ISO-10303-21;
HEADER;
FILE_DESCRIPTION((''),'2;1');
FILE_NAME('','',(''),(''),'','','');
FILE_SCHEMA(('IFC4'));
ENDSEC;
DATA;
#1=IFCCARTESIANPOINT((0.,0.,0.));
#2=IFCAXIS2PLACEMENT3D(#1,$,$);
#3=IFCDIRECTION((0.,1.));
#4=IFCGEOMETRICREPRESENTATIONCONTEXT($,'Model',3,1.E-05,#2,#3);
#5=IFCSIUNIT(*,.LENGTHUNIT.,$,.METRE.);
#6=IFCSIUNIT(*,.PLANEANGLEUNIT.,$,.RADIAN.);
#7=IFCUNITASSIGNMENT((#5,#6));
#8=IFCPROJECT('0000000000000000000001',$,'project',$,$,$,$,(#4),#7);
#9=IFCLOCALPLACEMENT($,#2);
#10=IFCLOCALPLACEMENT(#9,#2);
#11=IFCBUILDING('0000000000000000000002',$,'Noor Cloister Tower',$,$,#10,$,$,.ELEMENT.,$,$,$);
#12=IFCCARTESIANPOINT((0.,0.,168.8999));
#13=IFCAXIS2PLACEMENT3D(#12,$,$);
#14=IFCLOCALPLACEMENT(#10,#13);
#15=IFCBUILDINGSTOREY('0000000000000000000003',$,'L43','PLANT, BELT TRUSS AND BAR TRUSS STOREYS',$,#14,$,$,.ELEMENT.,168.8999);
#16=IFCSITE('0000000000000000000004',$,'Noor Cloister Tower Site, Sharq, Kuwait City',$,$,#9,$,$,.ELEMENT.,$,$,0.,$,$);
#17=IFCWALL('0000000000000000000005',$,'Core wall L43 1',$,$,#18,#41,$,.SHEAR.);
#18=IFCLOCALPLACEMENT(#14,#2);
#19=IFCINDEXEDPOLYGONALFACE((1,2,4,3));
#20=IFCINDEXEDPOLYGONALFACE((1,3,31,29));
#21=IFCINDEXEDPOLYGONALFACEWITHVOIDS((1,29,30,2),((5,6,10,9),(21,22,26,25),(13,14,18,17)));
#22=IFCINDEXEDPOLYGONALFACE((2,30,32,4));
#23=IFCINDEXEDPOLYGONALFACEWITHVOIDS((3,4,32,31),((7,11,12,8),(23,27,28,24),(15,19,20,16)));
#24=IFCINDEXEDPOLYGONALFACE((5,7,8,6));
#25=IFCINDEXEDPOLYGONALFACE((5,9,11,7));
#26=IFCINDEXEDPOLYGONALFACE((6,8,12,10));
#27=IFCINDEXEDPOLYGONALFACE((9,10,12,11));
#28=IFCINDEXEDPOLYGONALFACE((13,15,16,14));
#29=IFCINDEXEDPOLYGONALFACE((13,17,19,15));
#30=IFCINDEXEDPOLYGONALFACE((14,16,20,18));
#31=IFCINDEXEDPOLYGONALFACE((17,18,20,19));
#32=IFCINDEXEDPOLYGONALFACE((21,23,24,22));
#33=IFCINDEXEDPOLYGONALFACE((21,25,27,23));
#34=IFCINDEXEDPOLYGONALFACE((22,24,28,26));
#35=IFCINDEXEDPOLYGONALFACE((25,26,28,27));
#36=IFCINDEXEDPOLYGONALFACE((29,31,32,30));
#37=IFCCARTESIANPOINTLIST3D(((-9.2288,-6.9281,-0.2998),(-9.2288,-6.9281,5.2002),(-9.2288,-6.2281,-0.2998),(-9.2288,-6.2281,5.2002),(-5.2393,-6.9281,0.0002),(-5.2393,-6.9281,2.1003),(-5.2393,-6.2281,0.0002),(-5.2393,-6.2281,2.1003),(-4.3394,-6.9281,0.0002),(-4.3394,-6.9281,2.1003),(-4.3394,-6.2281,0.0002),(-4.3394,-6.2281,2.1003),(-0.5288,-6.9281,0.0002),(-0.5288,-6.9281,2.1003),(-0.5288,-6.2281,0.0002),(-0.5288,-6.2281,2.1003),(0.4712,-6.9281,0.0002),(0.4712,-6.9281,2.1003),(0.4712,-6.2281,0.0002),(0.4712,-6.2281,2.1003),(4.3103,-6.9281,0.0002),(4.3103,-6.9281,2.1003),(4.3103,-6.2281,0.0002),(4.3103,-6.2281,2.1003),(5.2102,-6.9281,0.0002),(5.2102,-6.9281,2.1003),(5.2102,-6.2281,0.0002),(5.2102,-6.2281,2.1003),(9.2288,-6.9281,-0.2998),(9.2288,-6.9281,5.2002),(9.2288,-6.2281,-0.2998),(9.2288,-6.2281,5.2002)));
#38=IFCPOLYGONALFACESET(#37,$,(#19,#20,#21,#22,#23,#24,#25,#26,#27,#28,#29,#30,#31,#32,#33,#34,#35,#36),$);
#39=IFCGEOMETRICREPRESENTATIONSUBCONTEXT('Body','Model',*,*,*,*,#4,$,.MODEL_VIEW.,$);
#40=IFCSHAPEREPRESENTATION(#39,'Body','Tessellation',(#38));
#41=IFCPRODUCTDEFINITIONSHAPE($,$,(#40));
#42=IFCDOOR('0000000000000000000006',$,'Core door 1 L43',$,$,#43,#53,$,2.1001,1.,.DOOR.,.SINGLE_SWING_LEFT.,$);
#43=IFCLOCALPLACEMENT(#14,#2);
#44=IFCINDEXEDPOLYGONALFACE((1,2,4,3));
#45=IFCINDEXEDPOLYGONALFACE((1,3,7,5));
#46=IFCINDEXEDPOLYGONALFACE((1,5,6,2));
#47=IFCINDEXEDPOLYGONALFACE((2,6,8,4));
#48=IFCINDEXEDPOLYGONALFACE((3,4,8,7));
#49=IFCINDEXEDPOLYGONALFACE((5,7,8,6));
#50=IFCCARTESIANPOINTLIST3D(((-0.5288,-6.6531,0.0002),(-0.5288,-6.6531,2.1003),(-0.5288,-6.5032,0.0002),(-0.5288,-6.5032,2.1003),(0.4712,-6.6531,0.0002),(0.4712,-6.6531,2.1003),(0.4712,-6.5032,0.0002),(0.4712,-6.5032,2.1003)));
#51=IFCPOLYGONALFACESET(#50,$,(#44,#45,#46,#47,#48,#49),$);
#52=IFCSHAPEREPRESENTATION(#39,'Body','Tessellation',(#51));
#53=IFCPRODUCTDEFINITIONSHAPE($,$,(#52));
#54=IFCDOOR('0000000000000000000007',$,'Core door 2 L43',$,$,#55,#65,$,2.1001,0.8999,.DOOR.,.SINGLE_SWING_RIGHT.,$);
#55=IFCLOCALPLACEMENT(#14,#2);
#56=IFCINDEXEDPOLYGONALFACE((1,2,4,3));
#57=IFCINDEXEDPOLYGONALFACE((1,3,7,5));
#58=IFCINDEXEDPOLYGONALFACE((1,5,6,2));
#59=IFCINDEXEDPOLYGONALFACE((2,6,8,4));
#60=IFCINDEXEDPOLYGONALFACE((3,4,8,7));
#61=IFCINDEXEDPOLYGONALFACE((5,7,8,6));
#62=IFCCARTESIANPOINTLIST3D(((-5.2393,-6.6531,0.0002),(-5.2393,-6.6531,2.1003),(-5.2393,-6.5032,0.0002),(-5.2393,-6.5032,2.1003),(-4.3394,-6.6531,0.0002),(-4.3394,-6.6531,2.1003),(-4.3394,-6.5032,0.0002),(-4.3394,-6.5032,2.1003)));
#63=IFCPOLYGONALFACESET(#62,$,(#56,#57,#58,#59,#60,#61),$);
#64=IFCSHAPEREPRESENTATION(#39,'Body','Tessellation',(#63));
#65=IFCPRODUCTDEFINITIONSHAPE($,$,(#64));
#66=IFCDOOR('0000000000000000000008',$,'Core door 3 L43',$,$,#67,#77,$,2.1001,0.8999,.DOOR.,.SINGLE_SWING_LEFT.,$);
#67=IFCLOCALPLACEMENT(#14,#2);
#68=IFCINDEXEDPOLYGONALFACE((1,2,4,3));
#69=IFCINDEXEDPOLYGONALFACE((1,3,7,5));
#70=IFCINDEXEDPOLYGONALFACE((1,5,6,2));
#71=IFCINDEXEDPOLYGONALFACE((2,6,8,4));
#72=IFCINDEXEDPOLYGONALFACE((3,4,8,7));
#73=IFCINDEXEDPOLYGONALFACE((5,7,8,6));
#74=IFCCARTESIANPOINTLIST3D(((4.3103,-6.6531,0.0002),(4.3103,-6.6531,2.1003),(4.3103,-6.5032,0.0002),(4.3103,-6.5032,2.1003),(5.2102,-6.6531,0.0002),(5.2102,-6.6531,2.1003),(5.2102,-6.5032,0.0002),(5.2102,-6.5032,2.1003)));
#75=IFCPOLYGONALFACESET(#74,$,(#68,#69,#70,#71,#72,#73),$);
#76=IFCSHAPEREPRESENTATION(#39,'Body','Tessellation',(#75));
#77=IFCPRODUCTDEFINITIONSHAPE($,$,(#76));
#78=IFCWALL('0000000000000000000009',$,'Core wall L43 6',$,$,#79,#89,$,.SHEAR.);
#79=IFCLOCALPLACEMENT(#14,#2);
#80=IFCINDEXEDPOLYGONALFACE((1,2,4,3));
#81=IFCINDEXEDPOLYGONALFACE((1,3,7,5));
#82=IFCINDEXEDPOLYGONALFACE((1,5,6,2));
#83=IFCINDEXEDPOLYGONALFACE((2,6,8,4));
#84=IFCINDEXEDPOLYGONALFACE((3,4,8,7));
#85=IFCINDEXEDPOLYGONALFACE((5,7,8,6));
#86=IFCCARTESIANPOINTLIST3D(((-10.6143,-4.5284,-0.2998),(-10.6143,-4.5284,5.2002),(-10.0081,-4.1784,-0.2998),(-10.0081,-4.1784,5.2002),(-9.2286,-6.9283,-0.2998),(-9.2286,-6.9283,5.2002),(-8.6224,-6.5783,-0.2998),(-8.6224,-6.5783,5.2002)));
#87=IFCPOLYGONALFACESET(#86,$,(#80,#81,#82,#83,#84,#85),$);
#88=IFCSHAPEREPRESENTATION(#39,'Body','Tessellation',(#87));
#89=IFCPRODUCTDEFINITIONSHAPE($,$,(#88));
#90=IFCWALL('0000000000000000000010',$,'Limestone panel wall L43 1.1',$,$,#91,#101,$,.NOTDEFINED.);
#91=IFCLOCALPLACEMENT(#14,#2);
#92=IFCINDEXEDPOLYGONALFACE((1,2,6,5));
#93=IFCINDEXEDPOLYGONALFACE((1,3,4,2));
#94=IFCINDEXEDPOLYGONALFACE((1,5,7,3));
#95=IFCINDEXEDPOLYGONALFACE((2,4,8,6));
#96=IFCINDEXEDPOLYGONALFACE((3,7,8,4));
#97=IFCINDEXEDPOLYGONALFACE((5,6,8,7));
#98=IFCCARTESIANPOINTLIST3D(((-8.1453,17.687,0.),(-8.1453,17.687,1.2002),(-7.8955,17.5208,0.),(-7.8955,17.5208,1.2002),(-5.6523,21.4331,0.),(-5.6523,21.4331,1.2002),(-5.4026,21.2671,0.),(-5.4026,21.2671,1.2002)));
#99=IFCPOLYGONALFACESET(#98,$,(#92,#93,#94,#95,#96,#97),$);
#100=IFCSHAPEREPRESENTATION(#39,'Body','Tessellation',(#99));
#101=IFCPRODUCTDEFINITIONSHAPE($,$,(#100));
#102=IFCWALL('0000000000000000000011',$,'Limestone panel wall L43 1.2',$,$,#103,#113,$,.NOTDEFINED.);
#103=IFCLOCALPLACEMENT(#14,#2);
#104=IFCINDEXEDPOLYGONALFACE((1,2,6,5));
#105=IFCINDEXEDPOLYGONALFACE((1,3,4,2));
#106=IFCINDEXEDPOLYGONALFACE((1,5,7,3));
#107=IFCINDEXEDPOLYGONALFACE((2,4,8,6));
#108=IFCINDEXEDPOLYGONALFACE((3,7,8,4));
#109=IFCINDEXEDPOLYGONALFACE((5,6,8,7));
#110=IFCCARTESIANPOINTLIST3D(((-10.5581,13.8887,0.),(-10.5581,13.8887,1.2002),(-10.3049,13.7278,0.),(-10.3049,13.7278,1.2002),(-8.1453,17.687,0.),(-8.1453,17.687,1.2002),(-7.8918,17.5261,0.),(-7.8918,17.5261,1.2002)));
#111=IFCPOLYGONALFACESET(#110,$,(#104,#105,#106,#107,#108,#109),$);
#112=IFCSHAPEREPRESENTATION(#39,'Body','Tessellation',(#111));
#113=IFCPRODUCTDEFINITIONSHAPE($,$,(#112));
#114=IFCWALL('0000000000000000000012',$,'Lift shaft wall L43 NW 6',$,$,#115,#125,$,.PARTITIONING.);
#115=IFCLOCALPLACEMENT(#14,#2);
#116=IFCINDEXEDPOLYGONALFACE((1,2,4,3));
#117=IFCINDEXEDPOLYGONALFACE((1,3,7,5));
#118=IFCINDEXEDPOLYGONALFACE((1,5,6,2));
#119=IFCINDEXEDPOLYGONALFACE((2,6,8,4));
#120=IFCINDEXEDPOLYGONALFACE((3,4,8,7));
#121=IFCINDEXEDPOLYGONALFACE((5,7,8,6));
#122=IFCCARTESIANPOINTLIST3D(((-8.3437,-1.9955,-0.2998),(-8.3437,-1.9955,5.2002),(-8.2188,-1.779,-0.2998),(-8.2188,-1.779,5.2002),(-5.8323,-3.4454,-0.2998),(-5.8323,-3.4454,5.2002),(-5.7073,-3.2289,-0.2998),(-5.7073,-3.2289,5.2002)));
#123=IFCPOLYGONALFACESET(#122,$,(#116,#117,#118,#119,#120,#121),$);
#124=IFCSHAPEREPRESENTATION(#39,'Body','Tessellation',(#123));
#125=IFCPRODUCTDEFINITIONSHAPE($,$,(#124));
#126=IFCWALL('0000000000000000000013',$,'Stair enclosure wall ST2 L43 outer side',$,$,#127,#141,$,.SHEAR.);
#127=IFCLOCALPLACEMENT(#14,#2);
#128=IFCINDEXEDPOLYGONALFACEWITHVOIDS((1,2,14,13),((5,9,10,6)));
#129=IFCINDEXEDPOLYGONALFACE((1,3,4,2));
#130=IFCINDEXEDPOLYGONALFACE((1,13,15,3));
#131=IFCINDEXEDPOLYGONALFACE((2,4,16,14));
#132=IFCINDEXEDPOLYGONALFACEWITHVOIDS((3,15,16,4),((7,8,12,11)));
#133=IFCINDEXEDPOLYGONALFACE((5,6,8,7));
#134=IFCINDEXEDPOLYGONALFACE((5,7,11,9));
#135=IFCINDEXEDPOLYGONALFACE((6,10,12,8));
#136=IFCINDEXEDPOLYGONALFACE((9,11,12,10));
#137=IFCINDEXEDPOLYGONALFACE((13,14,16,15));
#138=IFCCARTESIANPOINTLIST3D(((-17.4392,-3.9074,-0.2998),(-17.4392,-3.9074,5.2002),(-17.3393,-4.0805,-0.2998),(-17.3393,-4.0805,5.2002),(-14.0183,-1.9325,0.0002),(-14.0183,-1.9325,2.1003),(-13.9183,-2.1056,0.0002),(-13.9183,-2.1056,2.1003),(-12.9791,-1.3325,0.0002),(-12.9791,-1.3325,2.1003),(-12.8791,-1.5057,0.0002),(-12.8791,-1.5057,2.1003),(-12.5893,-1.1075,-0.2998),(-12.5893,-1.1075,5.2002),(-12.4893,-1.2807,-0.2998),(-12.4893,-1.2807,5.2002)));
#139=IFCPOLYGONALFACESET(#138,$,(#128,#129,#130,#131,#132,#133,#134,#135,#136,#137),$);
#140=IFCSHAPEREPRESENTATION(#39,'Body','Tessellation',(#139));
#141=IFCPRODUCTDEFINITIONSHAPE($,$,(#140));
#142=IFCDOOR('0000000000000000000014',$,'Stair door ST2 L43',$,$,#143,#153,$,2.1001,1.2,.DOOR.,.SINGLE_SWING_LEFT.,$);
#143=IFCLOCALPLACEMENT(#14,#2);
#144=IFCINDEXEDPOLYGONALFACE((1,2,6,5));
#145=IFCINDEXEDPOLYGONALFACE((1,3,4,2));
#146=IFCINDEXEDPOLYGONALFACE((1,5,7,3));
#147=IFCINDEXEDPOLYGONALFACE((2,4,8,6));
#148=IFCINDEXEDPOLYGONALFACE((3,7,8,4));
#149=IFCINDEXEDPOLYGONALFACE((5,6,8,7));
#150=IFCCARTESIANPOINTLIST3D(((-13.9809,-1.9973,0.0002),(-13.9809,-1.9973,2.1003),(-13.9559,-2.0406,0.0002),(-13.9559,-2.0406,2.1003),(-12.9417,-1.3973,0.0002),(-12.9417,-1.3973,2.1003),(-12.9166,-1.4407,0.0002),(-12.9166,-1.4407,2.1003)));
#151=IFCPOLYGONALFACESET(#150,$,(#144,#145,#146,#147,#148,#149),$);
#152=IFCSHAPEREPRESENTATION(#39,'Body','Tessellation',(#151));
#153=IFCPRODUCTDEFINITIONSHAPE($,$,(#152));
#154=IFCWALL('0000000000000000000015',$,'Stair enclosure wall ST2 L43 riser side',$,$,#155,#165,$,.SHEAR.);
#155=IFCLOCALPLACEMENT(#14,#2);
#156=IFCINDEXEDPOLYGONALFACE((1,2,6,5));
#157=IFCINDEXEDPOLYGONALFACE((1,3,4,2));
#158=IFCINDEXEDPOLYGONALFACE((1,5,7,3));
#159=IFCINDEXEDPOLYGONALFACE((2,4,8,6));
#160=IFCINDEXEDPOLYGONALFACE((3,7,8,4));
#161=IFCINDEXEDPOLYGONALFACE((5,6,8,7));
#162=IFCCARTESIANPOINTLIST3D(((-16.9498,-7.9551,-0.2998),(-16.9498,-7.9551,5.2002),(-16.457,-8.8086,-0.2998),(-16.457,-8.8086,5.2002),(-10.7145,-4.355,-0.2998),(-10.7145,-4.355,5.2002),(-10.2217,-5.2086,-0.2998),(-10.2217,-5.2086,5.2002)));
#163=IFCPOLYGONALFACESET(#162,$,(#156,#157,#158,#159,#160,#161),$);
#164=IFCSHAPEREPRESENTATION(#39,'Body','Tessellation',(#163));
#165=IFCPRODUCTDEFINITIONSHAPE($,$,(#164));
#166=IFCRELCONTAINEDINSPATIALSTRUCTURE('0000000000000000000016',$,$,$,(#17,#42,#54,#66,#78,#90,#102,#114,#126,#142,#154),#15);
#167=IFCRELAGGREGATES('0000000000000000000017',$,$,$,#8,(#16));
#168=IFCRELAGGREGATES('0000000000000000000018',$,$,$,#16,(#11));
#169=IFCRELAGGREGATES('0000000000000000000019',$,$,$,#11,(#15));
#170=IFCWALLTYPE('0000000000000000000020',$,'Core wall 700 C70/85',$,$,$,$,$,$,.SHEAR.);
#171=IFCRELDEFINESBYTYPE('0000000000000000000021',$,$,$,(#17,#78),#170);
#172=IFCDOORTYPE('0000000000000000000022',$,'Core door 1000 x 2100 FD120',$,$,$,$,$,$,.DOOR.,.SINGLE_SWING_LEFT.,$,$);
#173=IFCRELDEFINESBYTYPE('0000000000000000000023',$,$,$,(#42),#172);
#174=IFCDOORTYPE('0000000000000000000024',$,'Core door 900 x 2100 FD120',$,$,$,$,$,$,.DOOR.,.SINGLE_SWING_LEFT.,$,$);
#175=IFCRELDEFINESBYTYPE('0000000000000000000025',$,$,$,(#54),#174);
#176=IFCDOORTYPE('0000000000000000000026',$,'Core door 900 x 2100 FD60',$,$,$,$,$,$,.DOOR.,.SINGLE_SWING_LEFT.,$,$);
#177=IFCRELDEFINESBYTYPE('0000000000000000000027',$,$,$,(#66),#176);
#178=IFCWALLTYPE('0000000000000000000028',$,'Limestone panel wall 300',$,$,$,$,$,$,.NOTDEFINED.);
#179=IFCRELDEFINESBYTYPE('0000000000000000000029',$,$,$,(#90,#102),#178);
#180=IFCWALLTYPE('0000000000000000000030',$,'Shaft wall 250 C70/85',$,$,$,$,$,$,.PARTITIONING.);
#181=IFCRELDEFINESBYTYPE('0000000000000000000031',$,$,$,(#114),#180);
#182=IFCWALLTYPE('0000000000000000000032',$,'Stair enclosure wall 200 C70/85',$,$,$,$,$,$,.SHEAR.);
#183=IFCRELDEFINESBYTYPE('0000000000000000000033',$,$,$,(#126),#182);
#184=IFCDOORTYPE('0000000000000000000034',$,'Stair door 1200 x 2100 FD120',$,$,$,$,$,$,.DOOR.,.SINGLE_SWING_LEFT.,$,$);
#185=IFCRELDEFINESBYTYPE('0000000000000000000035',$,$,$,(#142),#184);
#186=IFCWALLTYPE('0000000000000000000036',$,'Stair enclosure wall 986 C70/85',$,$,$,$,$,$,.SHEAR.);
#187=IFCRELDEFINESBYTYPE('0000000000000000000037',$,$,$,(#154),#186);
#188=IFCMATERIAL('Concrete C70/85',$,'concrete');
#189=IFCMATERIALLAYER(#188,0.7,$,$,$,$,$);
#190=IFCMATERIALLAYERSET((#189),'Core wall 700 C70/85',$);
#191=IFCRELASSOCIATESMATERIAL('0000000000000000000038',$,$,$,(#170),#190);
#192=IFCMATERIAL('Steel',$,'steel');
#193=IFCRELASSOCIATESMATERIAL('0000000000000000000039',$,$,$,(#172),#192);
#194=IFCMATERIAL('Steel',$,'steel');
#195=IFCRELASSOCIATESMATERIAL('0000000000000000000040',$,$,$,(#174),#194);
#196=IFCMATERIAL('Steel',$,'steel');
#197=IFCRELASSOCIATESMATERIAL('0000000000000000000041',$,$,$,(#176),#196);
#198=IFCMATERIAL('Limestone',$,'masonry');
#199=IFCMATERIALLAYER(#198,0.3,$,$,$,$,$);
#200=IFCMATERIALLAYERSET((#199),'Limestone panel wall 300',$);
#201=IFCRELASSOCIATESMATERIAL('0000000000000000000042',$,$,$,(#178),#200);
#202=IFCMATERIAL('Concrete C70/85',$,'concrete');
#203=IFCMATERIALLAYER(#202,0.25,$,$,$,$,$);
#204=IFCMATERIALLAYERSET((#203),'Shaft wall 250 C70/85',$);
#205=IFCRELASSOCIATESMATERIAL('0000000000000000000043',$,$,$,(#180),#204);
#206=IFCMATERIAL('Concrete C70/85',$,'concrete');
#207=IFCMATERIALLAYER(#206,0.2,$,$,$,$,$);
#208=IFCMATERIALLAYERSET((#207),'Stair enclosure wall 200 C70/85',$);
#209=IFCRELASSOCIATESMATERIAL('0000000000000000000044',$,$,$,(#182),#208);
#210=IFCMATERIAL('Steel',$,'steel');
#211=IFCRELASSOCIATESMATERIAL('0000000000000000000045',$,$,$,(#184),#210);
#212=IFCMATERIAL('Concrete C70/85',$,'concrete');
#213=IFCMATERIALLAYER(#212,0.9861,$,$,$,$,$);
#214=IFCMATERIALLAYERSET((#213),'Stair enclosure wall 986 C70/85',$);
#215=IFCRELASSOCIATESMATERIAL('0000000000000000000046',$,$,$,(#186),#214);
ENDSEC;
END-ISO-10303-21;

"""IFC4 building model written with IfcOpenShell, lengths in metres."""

from ifc_helpers import new_model, si_unit, direction, frame, frame_2d, origin, place, context, subcontext, project, spatial, polyline, rectangle, outline, extrude, material, layer, layer_set, type_object, element, fill, save


model = new_model("IFC4")

# Units and contexts
model_context = context("Model", 3, precision=1e-05, world=origin(), true_north=direction((0.0, 1.0)))
body_context = subcontext(model_context, "Body", "Model", "MODEL_VIEW")
ifc_project = project(units=[si_unit("LENGTHUNIT", "METRE"), si_unit("PLANEANGLEUNIT", "RADIAN")], contexts=[model_context])

# Site, building, storey
site_placement = place(None, origin())
site = spatial("IfcSite", under=ifc_project, at=site_placement, Name="Noor Cloister Tower Site, Sharq, Kuwait City", CompositionType="ELEMENT", RefElevation=0.0)
building_placement = place(site_placement, origin())
building = spatial("IfcBuilding", under=site, at=building_placement, Name="Noor Cloister Tower", CompositionType="ELEMENT")
storey_placement = place(building_placement, frame((0.0, 0.0, 168.8999)))
storey = spatial("IfcBuildingStorey", under=building, at=storey_placement, Name="L43", Description="PLANT, BELT TRUSS AND BAR TRUSS STOREYS", CompositionType="ELEMENT", Elevation=168.8999)

# Wall, openings, doors
ifc_material_1 = material(Name="Concrete C70/85", Category="concrete")
ifc_layer_1 = layer(ifc_material_1, 0.7)
ifc_layer_set_1 = layer_set([ifc_layer_1], Name="Core wall 700 C70/85")
wall_type_1 = type_object("IfcWallType", Name="Core wall 700 C70/85", PredefinedType="SHEAR", material=ifc_layer_set_1)
wall_1_placement = place(storey_placement, frame((-9.2288, -6.5781, -0.2998), z_axis=(0.0, 0.0, 1.0), x_axis=(1.0, 0.0, 0.0)))
wall_1 = element("IfcWall", 1, at=wall_1_placement, inside=storey, type_object=wall_type_1, Name="Core wall L43 1", PredefinedType="SHEAR", context=body_context, shape_type="SweptSolid", body=[
    extrude(rectangle(XDim=18.4575, YDim=0.7, at=frame_2d((9.2288, 0.0))), origin(), (0.0, 0.0, 1.0), 5.5),
])
opening_1_placement = place(wall_1_placement, frame((8.7, 0.0, 0.3)))
opening_1 = element("IfcOpeningElement", 2, at=opening_1_placement, cuts=wall_1, PredefinedType="OPENING", context=body_context, shape_type="SweptSolid", body=[
    extrude(rectangle(XDim=1.0, YDim=2.1001, at=frame_2d((0.5, 1.05))), frame((0.0, 0.3599, 0.0), z_axis=(0.0, -1.0, 0.0), x_axis=(1.0, 0.0, 0.0)), (0.0, 0.0, 1.0), 0.72),
])
opening_2_placement = place(wall_1_placement, frame((3.9895, 0.0, 0.3)))
opening_2 = element("IfcOpeningElement", 3, at=opening_2_placement, cuts=wall_1, PredefinedType="OPENING", context=body_context, shape_type="SweptSolid", body=[
    extrude(rectangle(XDim=0.8999, YDim=2.1001, at=frame_2d((0.45, 1.05))), frame((0.0, 0.3599, 0.0), z_axis=(0.0, -1.0, 0.0), x_axis=(1.0, 0.0, 0.0)), (0.0, 0.0, 1.0), 0.72),
])
opening_3_placement = place(wall_1_placement, frame((13.5391, 0.0, 0.3)))
opening_3 = element("IfcOpeningElement", 4, at=opening_3_placement, cuts=wall_1, PredefinedType="OPENING", context=body_context, shape_type="SweptSolid", body=[
    extrude(rectangle(XDim=0.8999, YDim=2.1001, at=frame_2d((0.45, 1.05))), frame((0.0, 0.3599, 0.0), z_axis=(0.0, -1.0, 0.0), x_axis=(1.0, 0.0, 0.0)), (0.0, 0.0, 1.0), 0.72),
])
ifc_material_2 = material(Name="Steel", Category="steel")
door_type_1 = type_object("IfcDoorType", Name="Core door 1000 x 2100 FD120", OperationType="SINGLE_SWING_LEFT", PredefinedType="DOOR", material=ifc_material_2)
door_1_placement = place(opening_1_placement, origin())
door_1 = element("IfcDoor", 5, at=door_1_placement, inside=storey, type_object=door_type_1, Name="Core door 1 L43", OperationType="SINGLE_SWING_LEFT", OverallHeight=2.1001, OverallWidth=1.0, PredefinedType="DOOR", context=body_context, shape_type="SweptSolid", body=[
    extrude(rectangle(XDim=1.0, YDim=2.1001, at=frame_2d((0.5, 1.05))), frame((0.0, 0.075, 0.0), z_axis=(0.0, -1.0, 0.0), x_axis=(1.0, 0.0, 0.0)), (0.0, 0.0, 1.0), 0.1499),
])
fill(opening_1, door_1)
ifc_material_3 = material(Name="Steel", Category="steel")
door_type_2 = type_object("IfcDoorType", Name="Core door 900 x 2100 FD120", OperationType="SINGLE_SWING_LEFT", PredefinedType="DOOR", material=ifc_material_3)
door_2_placement = place(opening_2_placement, origin())
door_2 = element("IfcDoor", 6, at=door_2_placement, inside=storey, type_object=door_type_2, Name="Core door 2 L43", OperationType="SINGLE_SWING_RIGHT", OverallHeight=2.1001, OverallWidth=0.8999, PredefinedType="DOOR", context=body_context, shape_type="SweptSolid", body=[
    extrude(rectangle(XDim=0.8999, YDim=2.1001, at=frame_2d((0.45, 1.05))), frame((0.0, 0.075, 0.0), z_axis=(0.0, -1.0, 0.0), x_axis=(1.0, 0.0, 0.0)), (0.0, 0.0, 1.0), 0.1499),
])
fill(opening_2, door_2)
ifc_material_4 = material(Name="Steel", Category="steel")
door_type_3 = type_object("IfcDoorType", Name="Core door 900 x 2100 FD60", OperationType="SINGLE_SWING_LEFT", PredefinedType="DOOR", material=ifc_material_4)
door_3_placement = place(opening_3_placement, origin())
door_3 = element("IfcDoor", 7, at=door_3_placement, inside=storey, type_object=door_type_3, Name="Core door 3 L43", OperationType="SINGLE_SWING_LEFT", OverallHeight=2.1001, OverallWidth=0.8999, PredefinedType="DOOR", context=body_context, shape_type="SweptSolid", body=[
    extrude(rectangle(XDim=0.8999, YDim=2.1001, at=frame_2d((0.45, 1.05))), frame((0.0, 0.075, 0.0), z_axis=(0.0, -1.0, 0.0), x_axis=(1.0, 0.0, 0.0)), (0.0, 0.0, 1.0), 0.1499),
])
fill(opening_3, door_3)

# Walls
wall_2_placement = place(storey_placement, frame((-10.3113, -4.3533, -0.2998), z_axis=(0.0, 0.0, 1.0), x_axis=(0.500043, -0.866001, 0.0)))
element("IfcWall", 8, at=wall_2_placement, inside=storey, type_object=wall_type_1, Name="Core wall L43 6", PredefinedType="SHEAR", context=body_context, shape_type="SweptSolid", body=[
    extrude(rectangle(XDim=2.7712, YDim=0.7, at=frame_2d((1.3857, 0.0))), origin(), (0.0, 0.0, 1.0), 5.5),
])
ifc_material_5 = material(Name="Limestone", Category="masonry")
ifc_layer_2 = layer(ifc_material_5, 0.3)
ifc_layer_set_2 = layer_set([ifc_layer_2], Name="Limestone panel wall 300")
wall_type_2 = type_object("IfcWallType", Name="Limestone panel wall 300", PredefinedType="NOTDEFINED", material=ifc_layer_set_2)
wall_3_placement = place(storey_placement, origin())
element("IfcWall", 9, at=wall_3_placement, inside=storey, type_object=wall_type_2, Name="Limestone panel wall L43 1.1", PredefinedType="NOTDEFINED", context=body_context, shape_type="SweptSolid", body=[
    extrude(outline(polyline([(-5.6523, 21.4331), (-8.1453, 17.687), (-7.8955, 17.5208), (-5.4026, 21.2671), (-5.6523, 21.4331)])), origin(), (0.0, 0.0, 1.0), 1.2002),
])
wall_4_placement = place(storey_placement, origin())
element("IfcWall", 10, at=wall_4_placement, inside=storey, type_object=wall_type_2, Name="Limestone panel wall L43 1.2", PredefinedType="NOTDEFINED", context=body_context, shape_type="SweptSolid", body=[
    extrude(outline(polyline([(-8.1453, 17.687), (-10.5581, 13.8887), (-10.3049, 13.7278), (-7.8918, 17.5261), (-8.1453, 17.687)])), origin(), (0.0, 0.0, 1.0), 1.2002),
])
ifc_material_6 = material(Name="Concrete C70/85", Category="concrete")
ifc_layer_3 = layer(ifc_material_6, 0.25)
ifc_layer_set_3 = layer_set([ifc_layer_3], Name="Shaft wall 250 C70/85")
wall_type_3 = type_object("IfcWallType", Name="Shaft wall 250 C70/85", PredefinedType="PARTITIONING", material=ifc_layer_set_3)
wall_5_placement = place(storey_placement, frame((-8.2812, -1.8872, -0.2998), z_axis=(0.0, 0.0, 1.0), x_axis=(0.866033, -0.499987, 0.0)))
element("IfcWall", 11, at=wall_5_placement, inside=storey, type_object=wall_type_3, Name="Lift shaft wall L43 NW 6", PredefinedType="PARTITIONING", context=body_context, shape_type="SweptSolid", body=[
    extrude(rectangle(XDim=2.8999, YDim=0.25, at=frame_2d((1.45, 0.0))), origin(), (0.0, 0.0, 1.0), 5.5),
])

# Wall, opening, door
ifc_material_7 = material(Name="Concrete C70/85", Category="concrete")
ifc_layer_4 = layer(ifc_material_7, 0.2)
ifc_layer_set_4 = layer_set([ifc_layer_4], Name="Stair enclosure wall 200 C70/85")
wall_type_4 = type_object("IfcWallType", Name="Stair enclosure wall 200 C70/85", PredefinedType="SHEAR", material=ifc_layer_set_4)
wall_6_placement = place(storey_placement, frame((-12.5393, -1.1941, -0.2998), z_axis=(0.0, 0.0, 1.0), x_axis=(-0.866045, -0.499965, 0.0)))
wall_6 = element("IfcWall", 12, at=wall_6_placement, inside=storey, type_object=wall_type_4, Name="Stair enclosure wall ST2 L43 outer side", PredefinedType="SHEAR", context=body_context, shape_type="SweptSolid", body=[
    extrude(rectangle(XDim=5.6001, YDim=0.2, at=frame_2d((2.8, 0.0))), origin(), (0.0, 0.0, 1.0), 5.5),
])
opening_4_placement = place(wall_6_placement, frame((0.45, 0.0, 0.3)))
opening_4 = element("IfcOpeningElement", 13, at=opening_4_placement, cuts=wall_6, PredefinedType="OPENING", context=body_context, shape_type="SweptSolid", body=[
    extrude(rectangle(XDim=1.2, YDim=2.1001, at=frame_2d((0.6001, 1.05))), frame((0.0, 0.1099, 0.0), z_axis=(0.0, -1.0, 0.0), x_axis=(1.0, 0.0, 0.0)), (0.0, 0.0, 1.0), 0.22),
])
ifc_material_8 = material(Name="Steel", Category="steel")
door_type_4 = type_object("IfcDoorType", Name="Stair door 1200 x 2100 FD120", OperationType="SINGLE_SWING_LEFT", PredefinedType="DOOR", material=ifc_material_8)
door_4_placement = place(opening_4_placement, origin())
door_4 = element("IfcDoor", 14, at=door_4_placement, inside=storey, type_object=door_type_4, Name="Stair door ST2 L43", OperationType="SINGLE_SWING_LEFT", OverallHeight=2.1001, OverallWidth=1.2, PredefinedType="DOOR", context=body_context, shape_type="SweptSolid", body=[
    extrude(rectangle(XDim=1.2, YDim=2.1001, at=frame_2d((0.6001, 1.05))), frame((0.0, 0.0249, 0.0), z_axis=(0.0, -1.0, 0.0), x_axis=(1.0, 0.0, 0.0)), (0.0, 0.0, 1.0), 0.05),
])
fill(opening_4, door_4)

# Wall
ifc_material_9 = material(Name="Concrete C70/85", Category="concrete")
ifc_layer_5 = layer(ifc_material_9, 0.9861)
ifc_layer_set_5 = layer_set([ifc_layer_5], Name="Stair enclosure wall 986 C70/85")
wall_type_5 = type_object("IfcWallType", Name="Stair enclosure wall 986 C70/85", PredefinedType="SHEAR", material=ifc_layer_set_5)
wall_7_placement = place(storey_placement, frame((-10.468, -4.7817, -0.2998), z_axis=(0.0, 0.0, 1.0), x_axis=(-0.866018, -0.500012, 0.0)))
element("IfcWall", 15, at=wall_7_placement, inside=storey, type_object=wall_type_5, Name="Stair enclosure wall ST2 L43 riser side", PredefinedType="SHEAR", context=body_context, shape_type="SweptSolid", body=[
    extrude(rectangle(XDim=7.2, YDim=0.9856, at=frame_2d((3.6001, 0.0))), origin(), (0.0, 0.0, 1.0), 5.5),
])

save(model, "model.ifc")
